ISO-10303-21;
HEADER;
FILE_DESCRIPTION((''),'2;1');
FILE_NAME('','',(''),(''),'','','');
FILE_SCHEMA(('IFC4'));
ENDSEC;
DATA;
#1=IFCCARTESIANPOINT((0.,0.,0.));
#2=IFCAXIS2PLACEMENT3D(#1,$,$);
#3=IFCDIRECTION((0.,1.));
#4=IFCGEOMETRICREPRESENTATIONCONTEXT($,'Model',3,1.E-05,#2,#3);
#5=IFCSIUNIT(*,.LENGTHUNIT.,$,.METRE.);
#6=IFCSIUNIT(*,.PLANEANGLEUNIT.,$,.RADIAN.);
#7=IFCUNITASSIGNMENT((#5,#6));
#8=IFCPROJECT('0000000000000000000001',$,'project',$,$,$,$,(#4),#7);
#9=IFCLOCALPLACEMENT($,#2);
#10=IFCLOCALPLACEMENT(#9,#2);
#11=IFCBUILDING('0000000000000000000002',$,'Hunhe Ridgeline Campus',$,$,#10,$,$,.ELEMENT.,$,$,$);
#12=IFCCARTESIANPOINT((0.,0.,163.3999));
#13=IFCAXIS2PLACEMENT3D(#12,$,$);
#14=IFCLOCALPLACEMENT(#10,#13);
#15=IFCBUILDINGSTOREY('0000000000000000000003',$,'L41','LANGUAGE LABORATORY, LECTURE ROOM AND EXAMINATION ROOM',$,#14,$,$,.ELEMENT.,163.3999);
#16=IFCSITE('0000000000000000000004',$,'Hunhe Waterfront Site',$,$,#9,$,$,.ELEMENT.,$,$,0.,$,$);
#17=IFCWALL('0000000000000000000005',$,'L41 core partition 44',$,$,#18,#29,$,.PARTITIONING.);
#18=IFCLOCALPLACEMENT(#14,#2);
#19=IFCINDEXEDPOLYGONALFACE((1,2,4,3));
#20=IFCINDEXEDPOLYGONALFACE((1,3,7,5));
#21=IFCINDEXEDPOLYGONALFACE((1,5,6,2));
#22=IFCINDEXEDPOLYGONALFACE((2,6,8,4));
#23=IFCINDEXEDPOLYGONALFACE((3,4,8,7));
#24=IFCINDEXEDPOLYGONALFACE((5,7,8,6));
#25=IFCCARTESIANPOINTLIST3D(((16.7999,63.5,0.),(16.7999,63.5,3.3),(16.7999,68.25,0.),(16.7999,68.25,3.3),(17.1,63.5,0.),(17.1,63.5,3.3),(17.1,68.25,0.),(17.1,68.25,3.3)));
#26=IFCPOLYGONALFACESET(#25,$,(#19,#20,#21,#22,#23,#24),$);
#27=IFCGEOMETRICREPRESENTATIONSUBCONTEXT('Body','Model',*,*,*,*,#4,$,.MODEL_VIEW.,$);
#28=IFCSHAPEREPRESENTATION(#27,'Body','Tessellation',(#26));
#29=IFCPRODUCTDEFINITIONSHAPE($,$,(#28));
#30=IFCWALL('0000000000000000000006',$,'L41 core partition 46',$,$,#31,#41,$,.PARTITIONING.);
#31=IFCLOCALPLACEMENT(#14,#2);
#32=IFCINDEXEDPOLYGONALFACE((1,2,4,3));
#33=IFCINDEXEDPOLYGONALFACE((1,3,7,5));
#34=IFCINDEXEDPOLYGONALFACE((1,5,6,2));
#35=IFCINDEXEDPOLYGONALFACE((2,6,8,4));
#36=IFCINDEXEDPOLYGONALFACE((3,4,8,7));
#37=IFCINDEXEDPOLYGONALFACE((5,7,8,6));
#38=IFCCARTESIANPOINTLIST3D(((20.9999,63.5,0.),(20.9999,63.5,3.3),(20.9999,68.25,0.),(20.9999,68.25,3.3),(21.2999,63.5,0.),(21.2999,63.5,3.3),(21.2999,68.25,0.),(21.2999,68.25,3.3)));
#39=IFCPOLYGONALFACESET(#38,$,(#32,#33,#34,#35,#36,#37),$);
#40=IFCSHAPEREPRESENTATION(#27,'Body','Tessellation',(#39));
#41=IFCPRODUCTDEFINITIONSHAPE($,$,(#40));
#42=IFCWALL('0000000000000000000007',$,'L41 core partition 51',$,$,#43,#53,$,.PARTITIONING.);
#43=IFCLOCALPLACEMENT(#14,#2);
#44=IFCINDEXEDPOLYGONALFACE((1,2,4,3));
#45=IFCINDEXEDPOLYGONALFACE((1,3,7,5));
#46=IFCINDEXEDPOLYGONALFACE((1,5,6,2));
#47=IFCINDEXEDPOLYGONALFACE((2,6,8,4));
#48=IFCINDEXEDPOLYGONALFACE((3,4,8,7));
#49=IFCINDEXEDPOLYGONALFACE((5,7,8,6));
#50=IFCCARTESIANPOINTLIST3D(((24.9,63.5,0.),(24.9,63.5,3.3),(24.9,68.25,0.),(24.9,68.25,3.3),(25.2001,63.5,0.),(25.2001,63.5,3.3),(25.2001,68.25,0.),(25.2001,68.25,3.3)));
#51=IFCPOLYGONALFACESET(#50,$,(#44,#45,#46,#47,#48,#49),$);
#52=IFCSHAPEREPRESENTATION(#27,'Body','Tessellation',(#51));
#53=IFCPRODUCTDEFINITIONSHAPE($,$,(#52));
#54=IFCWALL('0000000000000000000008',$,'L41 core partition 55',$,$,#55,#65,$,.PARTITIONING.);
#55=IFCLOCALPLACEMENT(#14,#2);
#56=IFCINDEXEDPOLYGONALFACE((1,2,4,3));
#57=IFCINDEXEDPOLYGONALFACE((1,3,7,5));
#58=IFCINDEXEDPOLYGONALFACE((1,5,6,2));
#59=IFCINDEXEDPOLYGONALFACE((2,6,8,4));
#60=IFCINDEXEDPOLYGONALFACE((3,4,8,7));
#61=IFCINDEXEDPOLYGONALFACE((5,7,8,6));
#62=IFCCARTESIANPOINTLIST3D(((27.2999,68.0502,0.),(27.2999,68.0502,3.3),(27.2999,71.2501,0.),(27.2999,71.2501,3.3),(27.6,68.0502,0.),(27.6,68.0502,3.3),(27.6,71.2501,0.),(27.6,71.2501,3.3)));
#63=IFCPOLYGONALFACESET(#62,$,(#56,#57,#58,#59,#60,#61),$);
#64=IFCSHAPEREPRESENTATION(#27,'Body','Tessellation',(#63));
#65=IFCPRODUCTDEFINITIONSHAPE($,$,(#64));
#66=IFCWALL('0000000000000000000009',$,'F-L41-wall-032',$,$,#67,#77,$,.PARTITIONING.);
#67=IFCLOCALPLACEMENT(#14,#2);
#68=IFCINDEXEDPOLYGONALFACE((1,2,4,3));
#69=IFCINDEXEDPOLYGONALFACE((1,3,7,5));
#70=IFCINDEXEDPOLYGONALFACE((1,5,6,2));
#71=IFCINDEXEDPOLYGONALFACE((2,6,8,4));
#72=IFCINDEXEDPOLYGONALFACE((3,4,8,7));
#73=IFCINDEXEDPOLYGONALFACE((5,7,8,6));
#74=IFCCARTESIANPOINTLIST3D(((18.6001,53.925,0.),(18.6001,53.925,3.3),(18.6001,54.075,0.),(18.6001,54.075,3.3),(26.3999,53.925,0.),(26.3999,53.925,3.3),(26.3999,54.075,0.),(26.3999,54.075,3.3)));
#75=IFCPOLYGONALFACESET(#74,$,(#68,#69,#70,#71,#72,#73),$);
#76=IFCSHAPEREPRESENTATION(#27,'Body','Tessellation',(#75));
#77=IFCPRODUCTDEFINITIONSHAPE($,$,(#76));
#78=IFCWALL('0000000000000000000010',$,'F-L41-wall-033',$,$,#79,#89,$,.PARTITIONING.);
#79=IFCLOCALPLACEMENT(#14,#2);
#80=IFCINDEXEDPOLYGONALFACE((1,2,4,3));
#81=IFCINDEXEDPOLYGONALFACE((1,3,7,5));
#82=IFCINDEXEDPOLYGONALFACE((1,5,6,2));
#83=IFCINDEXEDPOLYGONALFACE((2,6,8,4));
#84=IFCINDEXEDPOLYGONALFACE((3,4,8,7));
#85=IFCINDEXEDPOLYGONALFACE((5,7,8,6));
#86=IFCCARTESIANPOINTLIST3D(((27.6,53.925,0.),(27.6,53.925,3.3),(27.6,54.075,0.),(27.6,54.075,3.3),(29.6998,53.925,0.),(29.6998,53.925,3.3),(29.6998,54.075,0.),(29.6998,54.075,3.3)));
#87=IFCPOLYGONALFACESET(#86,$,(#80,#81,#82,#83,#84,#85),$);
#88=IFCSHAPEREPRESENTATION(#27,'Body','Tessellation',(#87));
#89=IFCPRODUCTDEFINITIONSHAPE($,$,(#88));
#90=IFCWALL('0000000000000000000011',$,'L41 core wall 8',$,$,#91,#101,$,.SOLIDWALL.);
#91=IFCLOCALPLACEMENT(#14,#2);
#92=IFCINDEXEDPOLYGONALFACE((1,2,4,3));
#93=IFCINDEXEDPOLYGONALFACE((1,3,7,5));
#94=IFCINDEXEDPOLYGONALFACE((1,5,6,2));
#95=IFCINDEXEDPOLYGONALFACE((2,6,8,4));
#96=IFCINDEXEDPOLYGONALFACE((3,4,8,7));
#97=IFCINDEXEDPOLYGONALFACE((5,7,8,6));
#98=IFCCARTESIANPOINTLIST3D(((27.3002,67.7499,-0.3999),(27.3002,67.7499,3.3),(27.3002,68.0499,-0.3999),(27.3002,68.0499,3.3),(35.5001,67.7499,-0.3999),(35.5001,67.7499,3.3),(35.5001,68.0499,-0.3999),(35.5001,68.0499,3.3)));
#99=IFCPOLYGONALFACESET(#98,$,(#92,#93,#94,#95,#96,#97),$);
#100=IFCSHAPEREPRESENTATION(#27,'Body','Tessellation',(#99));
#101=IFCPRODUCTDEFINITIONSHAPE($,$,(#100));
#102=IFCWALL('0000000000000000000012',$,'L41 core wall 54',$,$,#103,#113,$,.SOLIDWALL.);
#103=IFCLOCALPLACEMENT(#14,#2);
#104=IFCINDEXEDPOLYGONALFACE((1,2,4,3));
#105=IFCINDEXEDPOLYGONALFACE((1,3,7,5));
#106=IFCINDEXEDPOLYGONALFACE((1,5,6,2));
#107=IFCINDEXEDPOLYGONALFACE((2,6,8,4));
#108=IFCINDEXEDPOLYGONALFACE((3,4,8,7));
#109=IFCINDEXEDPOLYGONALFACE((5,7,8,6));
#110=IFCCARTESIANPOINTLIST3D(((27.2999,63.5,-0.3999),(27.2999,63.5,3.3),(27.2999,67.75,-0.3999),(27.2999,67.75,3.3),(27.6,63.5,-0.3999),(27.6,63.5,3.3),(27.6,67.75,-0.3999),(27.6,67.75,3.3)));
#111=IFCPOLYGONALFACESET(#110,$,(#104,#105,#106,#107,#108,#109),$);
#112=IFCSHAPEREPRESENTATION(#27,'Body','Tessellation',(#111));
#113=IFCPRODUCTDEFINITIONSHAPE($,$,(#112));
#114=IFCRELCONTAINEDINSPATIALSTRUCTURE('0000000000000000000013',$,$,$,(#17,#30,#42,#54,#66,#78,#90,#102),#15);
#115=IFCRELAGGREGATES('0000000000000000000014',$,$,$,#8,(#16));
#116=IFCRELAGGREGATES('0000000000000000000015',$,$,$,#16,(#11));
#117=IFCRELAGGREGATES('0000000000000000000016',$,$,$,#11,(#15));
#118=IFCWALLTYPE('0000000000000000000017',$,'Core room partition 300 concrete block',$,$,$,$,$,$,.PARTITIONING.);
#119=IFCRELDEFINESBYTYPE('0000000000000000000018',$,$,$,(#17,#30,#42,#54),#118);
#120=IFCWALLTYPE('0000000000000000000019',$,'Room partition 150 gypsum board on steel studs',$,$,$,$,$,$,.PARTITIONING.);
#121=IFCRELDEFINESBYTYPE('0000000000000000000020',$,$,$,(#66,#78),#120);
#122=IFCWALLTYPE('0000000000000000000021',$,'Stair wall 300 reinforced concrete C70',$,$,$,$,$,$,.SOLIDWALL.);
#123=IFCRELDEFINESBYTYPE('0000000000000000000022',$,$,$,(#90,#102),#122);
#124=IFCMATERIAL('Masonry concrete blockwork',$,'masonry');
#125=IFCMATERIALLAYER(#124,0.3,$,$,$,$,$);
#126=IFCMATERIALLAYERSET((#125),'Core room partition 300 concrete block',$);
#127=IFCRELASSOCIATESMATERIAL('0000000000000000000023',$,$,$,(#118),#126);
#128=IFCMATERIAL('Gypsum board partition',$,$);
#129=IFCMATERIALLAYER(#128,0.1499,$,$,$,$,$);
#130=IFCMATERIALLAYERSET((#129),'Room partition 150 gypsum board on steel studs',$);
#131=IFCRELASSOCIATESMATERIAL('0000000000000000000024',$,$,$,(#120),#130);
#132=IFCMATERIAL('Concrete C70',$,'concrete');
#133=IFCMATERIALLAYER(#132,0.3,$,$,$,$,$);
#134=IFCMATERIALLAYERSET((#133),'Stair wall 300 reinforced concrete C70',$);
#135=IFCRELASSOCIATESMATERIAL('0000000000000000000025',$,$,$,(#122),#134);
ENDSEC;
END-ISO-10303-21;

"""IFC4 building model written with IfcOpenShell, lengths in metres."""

from ifc_helpers import new_model, si_unit, direction, frame, frame_2d, origin, place, context, subcontext, project, spatial, rectangle, extrude, material, layer, layer_set, type_object, element, save


model = new_model("IFC4")

# Units and contexts
model_context = context("Model", 3, precision=1e-05, world=origin(), true_north=direction((0.0, 1.0)))
body_context = subcontext(model_context, "Body", "Model", "MODEL_VIEW")
ifc_project = project(units=[si_unit("LENGTHUNIT", "METRE"), si_unit("PLANEANGLEUNIT", "RADIAN")], contexts=[model_context])

# Site, building, storey
site_placement = place(None, origin())
site = spatial("IfcSite", under=ifc_project, at=site_placement, Name="Hunhe Waterfront Site", CompositionType="ELEMENT", RefElevation=0.0)
building_placement = place(site_placement, origin())
building = spatial("IfcBuilding", under=site, at=building_placement, Name="Hunhe Ridgeline Campus", CompositionType="ELEMENT")
storey_placement = place(building_placement, frame((0.0, 0.0, 163.3999)))
storey = spatial("IfcBuildingStorey", under=building, at=storey_placement, Name="L41", Description="LANGUAGE LABORATORY, LECTURE ROOM AND EXAMINATION ROOM", CompositionType="ELEMENT", Elevation=163.3999)

# Shared definitions
ifc_material_1 = material(Name="Masonry concrete blockwork", Category="masonry")
ifc_layer_1 = layer(ifc_material_1, 0.3)
ifc_layer_set_1 = layer_set([ifc_layer_1], Name="Core room partition 300 concrete block")
wall_type_1 = type_object("IfcWallType", Name="Core room partition 300 concrete block", PredefinedType="PARTITIONING", material=ifc_layer_set_1)

# Walls
for number, where, z_axis, x_axis, name in (
    (1, (16.95, 63.5, 0.0), (0.0, 0.0, 1.0), (0.0, 1.0, 0.0), "L41 core partition 44"),
    (2, (21.1499, 63.5, 0.0), (0.0, 0.0, 1.0), (0.0, 1.0, 0.0), "L41 core partition 46"),
    (3, (25.05, 63.5, 0.0), (0.0, 0.0, 1.0), (0.0, 1.0, 0.0), "L41 core partition 51"),
):
    element("IfcWall", number, at=place(storey_placement, frame(where, z_axis=z_axis, x_axis=x_axis)), inside=storey, type_object=wall_type_1, Name=name, PredefinedType="PARTITIONING", context=body_context, shape_type="SweptSolid", body=[
        extrude(rectangle(XDim=4.75, YDim=0.3, at=frame_2d((2.375, 0.0))), origin(), (0.0, 0.0, 1.0), 3.3),
    ])
wall_1_placement = place(storey_placement, frame((27.45, 68.05, 0.0), z_axis=(0.0, 0.0, 1.0), x_axis=(0.0, 1.0, 0.0)))
element("IfcWall", 4, at=wall_1_placement, inside=storey, type_object=wall_type_1, Name="L41 core partition 55", PredefinedType="PARTITIONING", context=body_context, shape_type="SweptSolid", body=[
    extrude(rectangle(XDim=3.2, YDim=0.3, at=frame_2d((1.6001, 0.0))), origin(), (0.0, 0.0, 1.0), 3.3),
])

# Shared definitions
ifc_material_2 = material(Name="Gypsum board partition")

# Walls
ifc_layer_2 = layer(ifc_material_2, 0.1499)
ifc_layer_set_2 = layer_set([ifc_layer_2], Name="Room partition 150 gypsum board on steel studs")
wall_type_2 = type_object("IfcWallType", Name="Room partition 150 gypsum board on steel studs", PredefinedType="PARTITIONING", material=ifc_layer_set_2)
wall_2_placement = place(storey_placement, frame((18.6001, 54.0, 0.0), z_axis=(0.0, 0.0, 1.0), x_axis=(1.0, 0.0, 0.0)))
element("IfcWall", 5, at=wall_2_placement, inside=storey, type_object=wall_type_2, Name="F-L41-wall-032", PredefinedType="PARTITIONING", context=body_context, shape_type="SweptSolid", body=[
    extrude(rectangle(XDim=7.7998, YDim=0.1499, at=frame_2d((3.8999, 0.0))), origin(), (0.0, 0.0, 1.0), 3.3),
])
wall_3_placement = place(storey_placement, frame((27.6001, 54.0, 0.0), z_axis=(0.0, 0.0, 1.0), x_axis=(1.0, 0.0, 0.0)))
element("IfcWall", 6, at=wall_3_placement, inside=storey, type_object=wall_type_2, Name="F-L41-wall-033", PredefinedType="PARTITIONING", context=body_context, shape_type="SweptSolid", body=[
    extrude(rectangle(XDim=2.0999, YDim=0.1499, at=frame_2d((1.0498, 0.0))), origin(), (0.0, 0.0, 1.0), 3.3),
])
ifc_material_3 = material(Name="Concrete C70", Category="concrete")
ifc_layer_3 = layer(ifc_material_3, 0.3)
ifc_layer_set_3 = layer_set([ifc_layer_3], Name="Stair wall 300 reinforced concrete C70")
wall_type_3 = type_object("IfcWallType", Name="Stair wall 300 reinforced concrete C70", PredefinedType="SOLIDWALL", material=ifc_layer_set_3)
wall_4_placement = place(storey_placement, frame((27.3, 67.8999, -0.3999), z_axis=(0.0, 0.0, 1.0), x_axis=(1.0, 0.0, 0.0)))
element("IfcWall", 7, at=wall_4_placement, inside=storey, type_object=wall_type_3, Name="L41 core wall 8", PredefinedType="SOLIDWALL", context=body_context, shape_type="SweptSolid", body=[
    extrude(rectangle(XDim=8.2, YDim=0.3, at=frame_2d((4.1001, 0.0))), origin(), (0.0, 0.0, 1.0), 3.7),
])
wall_5_placement = place(storey_placement, frame((27.45, 63.5, -0.3999), z_axis=(0.0, 0.0, 1.0), x_axis=(0.0, 1.0, 0.0)))
element("IfcWall", 8, at=wall_5_placement, inside=storey, type_object=wall_type_3, Name="L41 core wall 54", PredefinedType="SOLIDWALL", context=body_context, shape_type="SweptSolid", body=[
    extrude(rectangle(XDim=4.25, YDim=0.3, at=frame_2d((2.125, 0.0))), origin(), (0.0, 0.0, 1.0), 3.7),
])

save(model, "model.ifc")
